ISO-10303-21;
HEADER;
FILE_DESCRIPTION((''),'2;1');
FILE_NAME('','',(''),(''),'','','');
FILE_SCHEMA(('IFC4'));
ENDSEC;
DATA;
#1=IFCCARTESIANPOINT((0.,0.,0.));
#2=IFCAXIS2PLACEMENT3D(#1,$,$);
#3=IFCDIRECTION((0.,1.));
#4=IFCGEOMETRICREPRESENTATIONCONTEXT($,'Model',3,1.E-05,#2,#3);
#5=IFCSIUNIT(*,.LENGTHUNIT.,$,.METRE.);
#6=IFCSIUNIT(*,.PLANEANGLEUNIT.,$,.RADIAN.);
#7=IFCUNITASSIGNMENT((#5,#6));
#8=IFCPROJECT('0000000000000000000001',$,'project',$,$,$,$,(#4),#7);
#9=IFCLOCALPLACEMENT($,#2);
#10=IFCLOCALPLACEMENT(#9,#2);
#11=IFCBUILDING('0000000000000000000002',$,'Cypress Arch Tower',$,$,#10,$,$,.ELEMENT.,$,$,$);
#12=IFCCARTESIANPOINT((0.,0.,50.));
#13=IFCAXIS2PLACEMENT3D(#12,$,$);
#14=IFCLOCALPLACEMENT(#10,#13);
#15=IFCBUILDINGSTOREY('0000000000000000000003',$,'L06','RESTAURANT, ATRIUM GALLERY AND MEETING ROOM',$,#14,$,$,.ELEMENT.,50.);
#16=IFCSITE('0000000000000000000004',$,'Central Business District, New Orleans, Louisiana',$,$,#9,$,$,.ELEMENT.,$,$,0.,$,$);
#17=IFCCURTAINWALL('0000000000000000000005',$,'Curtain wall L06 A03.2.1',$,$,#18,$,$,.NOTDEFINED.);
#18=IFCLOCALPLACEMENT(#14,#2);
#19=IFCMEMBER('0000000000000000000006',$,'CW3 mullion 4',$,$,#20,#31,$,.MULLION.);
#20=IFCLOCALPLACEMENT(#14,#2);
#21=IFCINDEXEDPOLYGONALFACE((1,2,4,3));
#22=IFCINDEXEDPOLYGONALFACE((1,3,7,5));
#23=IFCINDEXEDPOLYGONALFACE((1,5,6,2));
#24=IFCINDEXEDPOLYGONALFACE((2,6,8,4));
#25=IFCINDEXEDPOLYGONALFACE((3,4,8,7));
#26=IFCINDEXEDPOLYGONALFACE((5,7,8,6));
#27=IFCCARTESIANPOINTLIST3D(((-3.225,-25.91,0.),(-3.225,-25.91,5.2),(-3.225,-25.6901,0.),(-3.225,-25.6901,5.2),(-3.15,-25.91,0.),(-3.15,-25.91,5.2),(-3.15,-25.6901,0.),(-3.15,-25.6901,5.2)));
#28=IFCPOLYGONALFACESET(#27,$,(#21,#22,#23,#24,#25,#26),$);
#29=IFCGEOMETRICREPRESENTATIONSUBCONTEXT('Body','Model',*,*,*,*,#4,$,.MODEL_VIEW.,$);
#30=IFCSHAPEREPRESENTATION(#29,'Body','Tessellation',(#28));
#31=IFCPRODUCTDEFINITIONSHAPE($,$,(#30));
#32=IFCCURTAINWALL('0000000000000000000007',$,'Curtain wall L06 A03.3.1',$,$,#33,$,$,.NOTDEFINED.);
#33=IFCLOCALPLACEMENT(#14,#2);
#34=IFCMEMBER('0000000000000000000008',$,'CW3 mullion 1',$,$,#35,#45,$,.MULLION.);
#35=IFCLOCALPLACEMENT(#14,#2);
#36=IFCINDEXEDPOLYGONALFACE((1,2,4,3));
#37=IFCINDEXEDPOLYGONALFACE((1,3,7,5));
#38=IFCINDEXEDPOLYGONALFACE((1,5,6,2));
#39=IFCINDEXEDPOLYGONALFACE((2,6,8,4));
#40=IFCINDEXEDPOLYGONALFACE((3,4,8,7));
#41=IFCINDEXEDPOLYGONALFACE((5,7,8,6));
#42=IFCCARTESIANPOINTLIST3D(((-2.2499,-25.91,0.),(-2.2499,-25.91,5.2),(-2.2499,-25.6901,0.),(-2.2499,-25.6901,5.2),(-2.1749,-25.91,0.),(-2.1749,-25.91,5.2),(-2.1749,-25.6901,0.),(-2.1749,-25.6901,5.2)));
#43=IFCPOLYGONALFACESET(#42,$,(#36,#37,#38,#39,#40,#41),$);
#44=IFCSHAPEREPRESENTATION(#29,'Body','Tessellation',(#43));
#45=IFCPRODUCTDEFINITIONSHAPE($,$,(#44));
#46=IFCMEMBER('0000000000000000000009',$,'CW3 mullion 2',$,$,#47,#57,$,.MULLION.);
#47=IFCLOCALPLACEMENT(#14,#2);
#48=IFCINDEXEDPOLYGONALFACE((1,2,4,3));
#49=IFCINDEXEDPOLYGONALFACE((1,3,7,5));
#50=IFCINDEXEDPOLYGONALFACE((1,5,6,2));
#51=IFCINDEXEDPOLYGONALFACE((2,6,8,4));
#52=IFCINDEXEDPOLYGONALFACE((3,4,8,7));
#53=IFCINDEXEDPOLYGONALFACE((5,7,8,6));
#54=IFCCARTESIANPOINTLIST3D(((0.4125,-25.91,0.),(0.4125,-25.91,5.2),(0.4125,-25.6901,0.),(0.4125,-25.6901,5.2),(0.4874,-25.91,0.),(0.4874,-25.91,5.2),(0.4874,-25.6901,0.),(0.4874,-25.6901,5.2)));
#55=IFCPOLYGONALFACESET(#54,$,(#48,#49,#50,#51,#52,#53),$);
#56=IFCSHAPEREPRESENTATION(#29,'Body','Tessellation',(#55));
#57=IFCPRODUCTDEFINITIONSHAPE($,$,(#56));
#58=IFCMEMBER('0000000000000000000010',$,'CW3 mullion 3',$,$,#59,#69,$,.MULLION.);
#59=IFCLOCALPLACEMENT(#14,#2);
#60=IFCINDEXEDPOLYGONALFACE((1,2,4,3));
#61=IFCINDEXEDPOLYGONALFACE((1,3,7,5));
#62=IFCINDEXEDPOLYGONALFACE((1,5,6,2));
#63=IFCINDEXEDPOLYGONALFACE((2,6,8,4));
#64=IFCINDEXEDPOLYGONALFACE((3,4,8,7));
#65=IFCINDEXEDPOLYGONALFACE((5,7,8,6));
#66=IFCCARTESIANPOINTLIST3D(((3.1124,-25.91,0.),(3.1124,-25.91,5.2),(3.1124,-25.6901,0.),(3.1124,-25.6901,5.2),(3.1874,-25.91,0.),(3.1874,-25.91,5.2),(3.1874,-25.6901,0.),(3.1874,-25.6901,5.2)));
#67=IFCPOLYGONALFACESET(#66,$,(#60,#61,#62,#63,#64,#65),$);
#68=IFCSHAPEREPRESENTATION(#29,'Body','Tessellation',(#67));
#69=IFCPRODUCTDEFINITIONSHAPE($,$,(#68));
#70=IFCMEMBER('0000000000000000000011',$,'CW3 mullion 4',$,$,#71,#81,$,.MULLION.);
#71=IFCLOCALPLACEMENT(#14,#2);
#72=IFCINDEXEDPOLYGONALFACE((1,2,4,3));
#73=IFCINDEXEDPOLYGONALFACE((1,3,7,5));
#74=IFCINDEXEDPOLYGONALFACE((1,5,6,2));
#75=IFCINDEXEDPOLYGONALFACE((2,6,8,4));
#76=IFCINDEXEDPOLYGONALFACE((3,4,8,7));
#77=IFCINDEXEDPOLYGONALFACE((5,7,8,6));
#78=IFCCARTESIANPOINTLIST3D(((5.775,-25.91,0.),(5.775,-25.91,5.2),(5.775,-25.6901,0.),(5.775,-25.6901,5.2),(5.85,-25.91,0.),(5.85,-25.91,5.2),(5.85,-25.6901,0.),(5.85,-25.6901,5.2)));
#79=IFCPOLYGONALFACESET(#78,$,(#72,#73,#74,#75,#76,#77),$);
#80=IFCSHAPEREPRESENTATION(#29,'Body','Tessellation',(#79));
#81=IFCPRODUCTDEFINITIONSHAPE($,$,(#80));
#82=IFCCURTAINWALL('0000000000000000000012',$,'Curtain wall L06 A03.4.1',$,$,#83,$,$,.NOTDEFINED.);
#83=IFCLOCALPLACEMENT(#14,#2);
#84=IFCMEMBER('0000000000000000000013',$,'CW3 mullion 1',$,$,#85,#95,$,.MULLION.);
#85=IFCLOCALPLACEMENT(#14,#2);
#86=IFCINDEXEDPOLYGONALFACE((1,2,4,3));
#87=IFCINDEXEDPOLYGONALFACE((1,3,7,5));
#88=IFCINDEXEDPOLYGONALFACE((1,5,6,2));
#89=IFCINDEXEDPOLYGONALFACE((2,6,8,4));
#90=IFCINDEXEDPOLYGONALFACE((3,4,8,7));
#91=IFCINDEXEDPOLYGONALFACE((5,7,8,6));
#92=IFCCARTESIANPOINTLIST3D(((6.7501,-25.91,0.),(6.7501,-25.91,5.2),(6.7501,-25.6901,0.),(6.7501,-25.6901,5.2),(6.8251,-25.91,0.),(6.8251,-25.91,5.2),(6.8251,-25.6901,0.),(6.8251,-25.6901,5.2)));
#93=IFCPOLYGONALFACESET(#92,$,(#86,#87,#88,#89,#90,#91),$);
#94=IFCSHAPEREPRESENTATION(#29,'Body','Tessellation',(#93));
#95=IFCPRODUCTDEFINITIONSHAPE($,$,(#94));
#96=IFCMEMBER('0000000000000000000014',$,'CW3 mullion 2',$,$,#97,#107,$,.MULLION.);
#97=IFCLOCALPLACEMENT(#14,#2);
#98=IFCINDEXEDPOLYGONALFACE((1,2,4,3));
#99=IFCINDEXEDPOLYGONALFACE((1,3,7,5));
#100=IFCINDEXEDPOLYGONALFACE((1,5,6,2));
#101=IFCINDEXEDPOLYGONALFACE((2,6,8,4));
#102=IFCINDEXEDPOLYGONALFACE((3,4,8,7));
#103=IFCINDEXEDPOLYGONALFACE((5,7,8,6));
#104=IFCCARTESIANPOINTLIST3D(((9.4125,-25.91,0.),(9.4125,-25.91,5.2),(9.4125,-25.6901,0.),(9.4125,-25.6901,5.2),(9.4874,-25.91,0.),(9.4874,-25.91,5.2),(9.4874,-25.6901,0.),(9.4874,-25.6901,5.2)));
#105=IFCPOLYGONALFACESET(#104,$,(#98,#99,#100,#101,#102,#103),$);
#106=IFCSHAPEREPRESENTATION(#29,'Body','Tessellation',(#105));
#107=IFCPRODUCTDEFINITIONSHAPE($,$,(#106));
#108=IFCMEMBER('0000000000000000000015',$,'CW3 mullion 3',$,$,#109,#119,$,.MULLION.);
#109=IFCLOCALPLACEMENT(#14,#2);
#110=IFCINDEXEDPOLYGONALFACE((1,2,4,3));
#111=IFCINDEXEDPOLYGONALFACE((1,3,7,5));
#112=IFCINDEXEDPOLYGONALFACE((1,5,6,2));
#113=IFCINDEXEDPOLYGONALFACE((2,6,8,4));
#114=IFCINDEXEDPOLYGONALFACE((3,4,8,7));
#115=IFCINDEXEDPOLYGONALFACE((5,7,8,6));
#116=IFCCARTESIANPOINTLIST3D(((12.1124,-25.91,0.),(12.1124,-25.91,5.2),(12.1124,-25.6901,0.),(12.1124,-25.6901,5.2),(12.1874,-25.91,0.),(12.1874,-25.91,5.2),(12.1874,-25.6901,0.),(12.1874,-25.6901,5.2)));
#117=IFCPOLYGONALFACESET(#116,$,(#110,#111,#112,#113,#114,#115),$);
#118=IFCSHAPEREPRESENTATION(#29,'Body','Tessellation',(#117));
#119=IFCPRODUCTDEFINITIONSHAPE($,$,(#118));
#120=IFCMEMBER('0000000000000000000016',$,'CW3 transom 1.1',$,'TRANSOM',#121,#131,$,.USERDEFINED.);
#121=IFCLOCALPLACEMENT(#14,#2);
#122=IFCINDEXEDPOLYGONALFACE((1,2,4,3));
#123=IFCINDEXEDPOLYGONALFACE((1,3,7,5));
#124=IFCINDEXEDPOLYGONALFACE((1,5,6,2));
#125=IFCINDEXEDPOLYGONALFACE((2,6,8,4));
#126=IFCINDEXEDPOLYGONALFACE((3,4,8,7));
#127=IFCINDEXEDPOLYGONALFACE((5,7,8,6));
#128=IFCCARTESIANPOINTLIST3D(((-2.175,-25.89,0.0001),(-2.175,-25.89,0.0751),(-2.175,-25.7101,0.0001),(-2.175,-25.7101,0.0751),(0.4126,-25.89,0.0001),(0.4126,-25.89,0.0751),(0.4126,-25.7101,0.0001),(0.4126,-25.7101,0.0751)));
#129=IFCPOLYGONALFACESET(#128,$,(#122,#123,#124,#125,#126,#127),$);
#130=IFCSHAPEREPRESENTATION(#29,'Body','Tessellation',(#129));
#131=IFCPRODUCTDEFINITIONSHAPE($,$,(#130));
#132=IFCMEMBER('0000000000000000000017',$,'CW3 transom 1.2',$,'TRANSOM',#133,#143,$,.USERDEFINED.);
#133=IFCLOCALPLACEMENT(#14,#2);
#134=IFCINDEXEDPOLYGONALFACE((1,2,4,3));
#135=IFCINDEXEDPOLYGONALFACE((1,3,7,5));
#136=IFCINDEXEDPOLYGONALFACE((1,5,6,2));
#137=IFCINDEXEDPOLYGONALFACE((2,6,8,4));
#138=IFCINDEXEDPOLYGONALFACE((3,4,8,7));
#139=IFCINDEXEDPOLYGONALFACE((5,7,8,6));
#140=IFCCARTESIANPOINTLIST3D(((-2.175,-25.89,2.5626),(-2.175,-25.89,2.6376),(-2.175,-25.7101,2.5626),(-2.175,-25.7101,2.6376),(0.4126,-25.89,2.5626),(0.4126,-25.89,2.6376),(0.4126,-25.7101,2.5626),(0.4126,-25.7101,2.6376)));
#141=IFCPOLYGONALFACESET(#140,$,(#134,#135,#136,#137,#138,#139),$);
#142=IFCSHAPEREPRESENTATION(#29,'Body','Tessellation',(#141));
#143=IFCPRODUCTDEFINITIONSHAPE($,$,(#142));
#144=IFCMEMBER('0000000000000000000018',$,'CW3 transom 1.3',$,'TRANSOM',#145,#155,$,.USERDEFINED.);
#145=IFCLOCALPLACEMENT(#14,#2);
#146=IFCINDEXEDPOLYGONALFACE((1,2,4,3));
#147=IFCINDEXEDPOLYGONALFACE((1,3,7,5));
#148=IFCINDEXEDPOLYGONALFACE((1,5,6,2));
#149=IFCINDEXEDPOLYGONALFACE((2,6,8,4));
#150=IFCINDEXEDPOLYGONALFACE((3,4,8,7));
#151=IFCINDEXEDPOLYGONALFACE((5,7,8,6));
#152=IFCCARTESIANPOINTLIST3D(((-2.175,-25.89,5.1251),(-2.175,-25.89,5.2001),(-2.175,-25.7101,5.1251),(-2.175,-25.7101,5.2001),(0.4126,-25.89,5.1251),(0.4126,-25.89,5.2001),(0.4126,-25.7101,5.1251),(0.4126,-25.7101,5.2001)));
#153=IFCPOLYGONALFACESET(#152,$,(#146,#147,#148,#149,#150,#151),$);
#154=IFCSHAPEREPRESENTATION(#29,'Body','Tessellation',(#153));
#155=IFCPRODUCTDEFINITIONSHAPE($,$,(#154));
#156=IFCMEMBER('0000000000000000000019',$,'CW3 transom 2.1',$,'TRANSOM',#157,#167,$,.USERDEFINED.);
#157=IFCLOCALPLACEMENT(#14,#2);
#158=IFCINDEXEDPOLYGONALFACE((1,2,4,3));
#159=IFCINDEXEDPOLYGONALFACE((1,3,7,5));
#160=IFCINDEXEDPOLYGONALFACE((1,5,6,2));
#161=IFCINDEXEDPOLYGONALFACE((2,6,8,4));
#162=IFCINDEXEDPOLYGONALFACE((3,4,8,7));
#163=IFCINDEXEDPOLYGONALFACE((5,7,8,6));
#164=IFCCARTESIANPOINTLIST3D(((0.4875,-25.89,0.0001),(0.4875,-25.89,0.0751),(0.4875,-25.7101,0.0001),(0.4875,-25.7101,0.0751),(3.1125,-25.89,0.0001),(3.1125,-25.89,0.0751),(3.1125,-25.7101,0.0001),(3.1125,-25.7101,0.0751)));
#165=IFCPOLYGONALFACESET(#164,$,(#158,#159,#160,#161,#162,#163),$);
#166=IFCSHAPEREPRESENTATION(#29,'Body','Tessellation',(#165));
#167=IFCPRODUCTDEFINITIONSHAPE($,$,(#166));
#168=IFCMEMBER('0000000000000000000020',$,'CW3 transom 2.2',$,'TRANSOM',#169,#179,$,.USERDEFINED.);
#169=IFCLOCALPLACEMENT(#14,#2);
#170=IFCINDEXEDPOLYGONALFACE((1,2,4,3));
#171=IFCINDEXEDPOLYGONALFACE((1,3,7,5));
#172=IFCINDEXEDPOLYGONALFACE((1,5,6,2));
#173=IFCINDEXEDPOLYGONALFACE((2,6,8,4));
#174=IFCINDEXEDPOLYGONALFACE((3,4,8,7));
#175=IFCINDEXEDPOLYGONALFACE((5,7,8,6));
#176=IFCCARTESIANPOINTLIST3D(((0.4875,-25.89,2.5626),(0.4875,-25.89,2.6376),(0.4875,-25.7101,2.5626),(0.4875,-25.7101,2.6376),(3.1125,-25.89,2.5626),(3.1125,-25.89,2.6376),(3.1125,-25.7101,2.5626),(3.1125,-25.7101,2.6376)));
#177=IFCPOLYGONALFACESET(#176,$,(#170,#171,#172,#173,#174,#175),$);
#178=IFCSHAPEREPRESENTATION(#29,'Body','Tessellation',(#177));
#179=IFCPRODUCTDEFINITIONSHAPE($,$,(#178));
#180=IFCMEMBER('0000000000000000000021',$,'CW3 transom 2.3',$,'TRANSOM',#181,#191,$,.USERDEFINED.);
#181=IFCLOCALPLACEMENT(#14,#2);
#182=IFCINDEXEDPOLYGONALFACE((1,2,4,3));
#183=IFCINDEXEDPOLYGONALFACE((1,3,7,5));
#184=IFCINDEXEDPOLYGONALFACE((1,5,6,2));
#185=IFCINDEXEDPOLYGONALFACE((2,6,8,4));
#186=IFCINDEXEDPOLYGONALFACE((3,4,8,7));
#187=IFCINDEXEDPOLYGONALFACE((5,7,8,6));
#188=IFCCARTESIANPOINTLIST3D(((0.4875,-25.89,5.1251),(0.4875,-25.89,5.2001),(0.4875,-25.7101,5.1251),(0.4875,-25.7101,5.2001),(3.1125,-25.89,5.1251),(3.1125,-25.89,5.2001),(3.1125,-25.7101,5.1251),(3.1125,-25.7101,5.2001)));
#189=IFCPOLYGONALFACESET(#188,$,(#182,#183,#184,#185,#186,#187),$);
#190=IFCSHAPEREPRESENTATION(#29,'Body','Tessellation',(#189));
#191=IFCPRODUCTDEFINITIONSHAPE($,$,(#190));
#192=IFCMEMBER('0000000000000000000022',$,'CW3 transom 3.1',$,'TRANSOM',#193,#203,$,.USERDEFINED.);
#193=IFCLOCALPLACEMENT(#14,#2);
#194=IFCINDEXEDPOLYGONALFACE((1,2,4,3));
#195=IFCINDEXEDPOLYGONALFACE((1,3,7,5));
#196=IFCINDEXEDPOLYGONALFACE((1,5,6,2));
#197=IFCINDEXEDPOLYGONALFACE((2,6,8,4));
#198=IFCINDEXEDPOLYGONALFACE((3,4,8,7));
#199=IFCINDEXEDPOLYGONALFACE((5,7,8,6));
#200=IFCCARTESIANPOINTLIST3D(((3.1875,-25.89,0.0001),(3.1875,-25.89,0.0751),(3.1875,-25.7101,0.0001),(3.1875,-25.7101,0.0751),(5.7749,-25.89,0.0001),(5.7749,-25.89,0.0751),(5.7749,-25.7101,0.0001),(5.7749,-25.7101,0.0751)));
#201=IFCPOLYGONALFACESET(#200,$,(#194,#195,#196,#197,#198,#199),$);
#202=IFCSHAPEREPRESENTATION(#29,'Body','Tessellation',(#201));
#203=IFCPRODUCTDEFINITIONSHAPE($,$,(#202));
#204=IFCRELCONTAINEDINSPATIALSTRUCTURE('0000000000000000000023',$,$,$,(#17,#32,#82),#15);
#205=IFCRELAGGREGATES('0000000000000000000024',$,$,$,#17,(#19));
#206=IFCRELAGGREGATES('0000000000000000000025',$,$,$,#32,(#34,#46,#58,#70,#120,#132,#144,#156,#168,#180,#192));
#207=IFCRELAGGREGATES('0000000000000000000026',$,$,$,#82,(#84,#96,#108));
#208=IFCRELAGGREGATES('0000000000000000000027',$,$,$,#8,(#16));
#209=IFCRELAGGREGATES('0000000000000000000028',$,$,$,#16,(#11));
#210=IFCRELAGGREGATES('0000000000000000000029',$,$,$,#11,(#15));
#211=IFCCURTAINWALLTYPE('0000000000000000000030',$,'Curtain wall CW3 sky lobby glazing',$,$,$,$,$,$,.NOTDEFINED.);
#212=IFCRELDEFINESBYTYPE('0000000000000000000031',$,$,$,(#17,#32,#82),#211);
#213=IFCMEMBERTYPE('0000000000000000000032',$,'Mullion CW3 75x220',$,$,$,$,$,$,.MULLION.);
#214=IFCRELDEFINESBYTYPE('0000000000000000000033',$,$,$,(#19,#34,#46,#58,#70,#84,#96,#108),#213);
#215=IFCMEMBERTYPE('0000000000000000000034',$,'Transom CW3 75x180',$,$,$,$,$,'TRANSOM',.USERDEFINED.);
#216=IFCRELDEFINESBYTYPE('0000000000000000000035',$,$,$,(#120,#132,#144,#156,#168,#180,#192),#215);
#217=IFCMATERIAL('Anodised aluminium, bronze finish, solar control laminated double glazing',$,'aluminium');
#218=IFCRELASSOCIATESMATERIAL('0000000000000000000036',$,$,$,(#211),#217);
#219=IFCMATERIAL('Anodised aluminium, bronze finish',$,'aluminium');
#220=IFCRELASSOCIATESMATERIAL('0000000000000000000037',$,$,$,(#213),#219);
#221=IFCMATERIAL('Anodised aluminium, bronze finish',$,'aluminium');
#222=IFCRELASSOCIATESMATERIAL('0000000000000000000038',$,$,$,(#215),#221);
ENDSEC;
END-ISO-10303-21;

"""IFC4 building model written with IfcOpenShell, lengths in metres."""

from ifc_helpers import new_model, si_unit, direction, frame, origin, origin_2d, place, context, subcontext, project, spatial, rectangle, extrude, material, material_profile, profile_set, type_object, element, aggregate, save


model = new_model("IFC4")

# Units and contexts
model_context = context("Model", 3, precision=1e-05, world=origin(), true_north=direction((0.0, 1.0)))
body_context = subcontext(model_context, "Body", "Model", "MODEL_VIEW")
ifc_project = project(units=[si_unit("LENGTHUNIT", "METRE"), si_unit("PLANEANGLEUNIT", "RADIAN")], contexts=[model_context])

# Site, building, storey
site_placement = place(None, origin())
site = spatial("IfcSite", under=ifc_project, at=site_placement, Name="Central Business District, New Orleans, Louisiana", CompositionType="ELEMENT", RefElevation=0.0)
building_placement = place(site_placement, origin())
building = spatial("IfcBuilding", under=site, at=building_placement, Name="Cypress Arch Tower", CompositionType="ELEMENT")
storey_placement = place(building_placement, frame((0.0, 0.0, 50.0)))
storey = spatial("IfcBuildingStorey", under=building, at=storey_placement, Name="L06", Description="RESTAURANT, ATRIUM GALLERY AND MEETING ROOM", CompositionType="ELEMENT", Elevation=50.0)

# Curtain wall, member
ifc_material_1 = material(Name="Anodised aluminium, bronze finish, solar control laminated double glazing", Category="aluminium")
curtain_wall_type = type_object("IfcCurtainWallType", Name="Curtain wall CW3 sky lobby glazing", PredefinedType="NOTDEFINED", material=ifc_material_1)
curtain_wall_1_placement = place(storey_placement, origin())
curtain_wall_1 = element("IfcCurtainWall", 1, at=curtain_wall_1_placement, inside=storey, type_object=curtain_wall_type, Name="Curtain wall L06 A03.2.1", PredefinedType="NOTDEFINED")
ifc_material_2 = material(Name="Anodised aluminium, bronze finish", Category="aluminium")
ifc_material_profile_1 = material_profile(ifc_material_2, rectangle(XDim=0.22, YDim=0.075, at=origin_2d()), Name="Mullion 75x220")
ifc_profile_set_1 = profile_set([ifc_material_profile_1], Name="Anodised aluminium, bronze finish")
member_type_1 = type_object("IfcMemberType", Name="Mullion CW3 75x220", PredefinedType="MULLION", material=ifc_profile_set_1)
member_1_placement = place(storey_placement, frame((-3.1875, -25.8, 0.0), z_axis=(0.0, 0.0, 1.0), x_axis=(0.0, 1.0, 0.0)))
member_1 = element("IfcMember", 2, at=member_1_placement, type_object=member_type_1, Name="CW3 mullion 4", PredefinedType="MULLION", context=body_context, shape_type="SweptSolid", body=[
    extrude(rectangle(XDim=0.22, YDim=0.075, at=origin_2d()), origin(), (0.0, 0.0, 1.0), 5.2),
])
aggregate(curtain_wall_1, [member_1])

# Curtain walls, members
curtain_wall_2_placement = place(storey_placement, origin())
curtain_wall_2 = element("IfcCurtainWall", 3, at=curtain_wall_2_placement, inside=storey, type_object=curtain_wall_type, Name="Curtain wall L06 A03.3.1", PredefinedType="NOTDEFINED")
member_2_placement = place(storey_placement, frame((-2.2124, -25.8, 0.0), z_axis=(0.0, 0.0, 1.0), x_axis=(0.0, 1.0, 0.0)))
member_2 = element("IfcMember", 4, at=member_2_placement, type_object=member_type_1, Name="CW3 mullion 1", PredefinedType="MULLION", context=body_context, shape_type="SweptSolid", body=[
    extrude(rectangle(XDim=0.22, YDim=0.075, at=origin_2d()), origin(), (0.0, 0.0, 1.0), 5.2),
])
member_3_placement = place(storey_placement, frame((0.45, -25.8, 0.0), z_axis=(0.0, 0.0, 1.0), x_axis=(0.0, 1.0, 0.0)))
member_3 = element("IfcMember", 5, at=member_3_placement, type_object=member_type_1, Name="CW3 mullion 2", PredefinedType="MULLION", context=body_context, shape_type="SweptSolid", body=[
    extrude(rectangle(XDim=0.22, YDim=0.075, at=origin_2d()), origin(), (0.0, 0.0, 1.0), 5.2),
])
member_4_placement = place(storey_placement, frame((3.1499, -25.8, 0.0), z_axis=(0.0, 0.0, 1.0), x_axis=(0.0, 1.0, 0.0)))
member_4 = element("IfcMember", 6, at=member_4_placement, type_object=member_type_1, Name="CW3 mullion 3", PredefinedType="MULLION", context=body_context, shape_type="SweptSolid", body=[
    extrude(rectangle(XDim=0.22, YDim=0.075, at=origin_2d()), origin(), (0.0, 0.0, 1.0), 5.2),
])
member_5_placement = place(storey_placement, frame((5.8125, -25.8, 0.0), z_axis=(0.0, 0.0, 1.0), x_axis=(0.0, 1.0, 0.0)))
member_5 = element("IfcMember", 7, at=member_5_placement, type_object=member_type_1, Name="CW3 mullion 4", PredefinedType="MULLION", context=body_context, shape_type="SweptSolid", body=[
    extrude(rectangle(XDim=0.22, YDim=0.075, at=origin_2d()), origin(), (0.0, 0.0, 1.0), 5.2),
])
curtain_wall_3_placement = place(storey_placement, origin())
curtain_wall_3 = element("IfcCurtainWall", 8, at=curtain_wall_3_placement, inside=storey, type_object=curtain_wall_type, Name="Curtain wall L06 A03.4.1", PredefinedType="NOTDEFINED")
member_6_placement = place(storey_placement, frame((6.7876, -25.8, 0.0), z_axis=(0.0, 0.0, 1.0), x_axis=(0.0, 1.0, 0.0)))
member_6 = element("IfcMember", 9, at=member_6_placement, type_object=member_type_1, Name="CW3 mullion 1", PredefinedType="MULLION", context=body_context, shape_type="SweptSolid", body=[
    extrude(rectangle(XDim=0.22, YDim=0.075, at=origin_2d()), origin(), (0.0, 0.0, 1.0), 5.2),
])
member_7_placement = place(storey_placement, frame((9.45, -25.8, 0.0), z_axis=(0.0, 0.0, 1.0), x_axis=(0.0, 1.0, 0.0)))
member_7 = element("IfcMember", 10, at=member_7_placement, type_object=member_type_1, Name="CW3 mullion 2", PredefinedType="MULLION", context=body_context, shape_type="SweptSolid", body=[
    extrude(rectangle(XDim=0.22, YDim=0.075, at=origin_2d()), origin(), (0.0, 0.0, 1.0), 5.2),
])
member_8_placement = place(storey_placement, frame((12.1499, -25.8, 0.0), z_axis=(0.0, 0.0, 1.0), x_axis=(0.0, 1.0, 0.0)))
member_8 = element("IfcMember", 11, at=member_8_placement, type_object=member_type_1, Name="CW3 mullion 3", PredefinedType="MULLION", context=body_context, shape_type="SweptSolid", body=[
    extrude(rectangle(XDim=0.22, YDim=0.075, at=origin_2d()), origin(), (0.0, 0.0, 1.0), 5.2),
])

# Members
ifc_material_3 = material(Name="Anodised aluminium, bronze finish", Category="aluminium")
ifc_material_profile_2 = material_profile(ifc_material_3, rectangle(XDim=0.1799, YDim=0.075, at=origin_2d()), Name="Transom 75x180")
ifc_profile_set_2 = profile_set([ifc_material_profile_2], Name="Anodised aluminium, bronze finish")
member_type_2 = type_object("IfcMemberType", Name="Transom CW3 75x180", ElementType="TRANSOM", PredefinedType="USERDEFINED", material=ifc_profile_set_2)
member_9_placement = place(storey_placement, frame((-2.175, -25.8, 0.0376), z_axis=(1.0, 0.0, 0.0), x_axis=(0.0, 1.0, 0.0)))
member_9 = element("IfcMember", 12, at=member_9_placement, type_object=member_type_2, Name="CW3 transom 1.1", ObjectType="TRANSOM", PredefinedType="USERDEFINED", context=body_context, shape_type="SweptSolid", body=[
    extrude(rectangle(XDim=0.1799, YDim=0.075, at=origin_2d()), origin(), (0.0, 0.0, 1.0), 2.5876),
])
member_10_placement = place(storey_placement, frame((-2.175, -25.8, 2.6001), z_axis=(1.0, 0.0, 0.0), x_axis=(0.0, 1.0, 0.0)))
member_10 = element("IfcMember", 13, at=member_10_placement, type_object=member_type_2, Name="CW3 transom 1.2", ObjectType="TRANSOM", PredefinedType="USERDEFINED", context=body_context, shape_type="SweptSolid", body=[
    extrude(rectangle(XDim=0.1799, YDim=0.075, at=origin_2d()), origin(), (0.0, 0.0, 1.0), 2.5876),
])
member_11_placement = place(storey_placement, frame((-2.175, -25.8, 5.1626), z_axis=(1.0, 0.0, 0.0), x_axis=(0.0, 1.0, 0.0)))
member_11 = element("IfcMember", 14, at=member_11_placement, type_object=member_type_2, Name="CW3 transom 1.3", ObjectType="TRANSOM", PredefinedType="USERDEFINED", context=body_context, shape_type="SweptSolid", body=[
    extrude(rectangle(XDim=0.1799, YDim=0.075, at=origin_2d()), origin(), (0.0, 0.0, 1.0), 2.5876),
])
member_12_placement = place(storey_placement, frame((0.4875, -25.8, 0.0376), z_axis=(1.0, 0.0, 0.0), x_axis=(0.0, 1.0, 0.0)))
member_12 = element("IfcMember", 15, at=member_12_placement, type_object=member_type_2, Name="CW3 transom 2.1", ObjectType="TRANSOM", PredefinedType="USERDEFINED", context=body_context, shape_type="SweptSolid", body=[
    extrude(rectangle(XDim=0.1799, YDim=0.075, at=origin_2d()), origin(), (0.0, 0.0, 1.0), 2.625),
])
member_13_placement = place(storey_placement, frame((0.4875, -25.8, 2.6001), z_axis=(1.0, 0.0, 0.0), x_axis=(0.0, 1.0, 0.0)))
member_13 = element("IfcMember", 16, at=member_13_placement, type_object=member_type_2, Name="CW3 transom 2.2", ObjectType="TRANSOM", PredefinedType="USERDEFINED", context=body_context, shape_type="SweptSolid", body=[
    extrude(rectangle(XDim=0.1799, YDim=0.075, at=origin_2d()), origin(), (0.0, 0.0, 1.0), 2.625),
])
member_14_placement = place(storey_placement, frame((0.4875, -25.8, 5.1626), z_axis=(1.0, 0.0, 0.0), x_axis=(0.0, 1.0, 0.0)))
member_14 = element("IfcMember", 17, at=member_14_placement, type_object=member_type_2, Name="CW3 transom 2.3", ObjectType="TRANSOM", PredefinedType="USERDEFINED", context=body_context, shape_type="SweptSolid", body=[
    extrude(rectangle(XDim=0.1799, YDim=0.075, at=origin_2d()), origin(), (0.0, 0.0, 1.0), 2.625),
])
member_15_placement = place(storey_placement, frame((3.1875, -25.8, 0.0376), z_axis=(1.0, 0.0, 0.0), x_axis=(0.0, 1.0, 0.0)))
member_15 = element("IfcMember", 18, at=member_15_placement, type_object=member_type_2, Name="CW3 transom 3.1", ObjectType="TRANSOM", PredefinedType="USERDEFINED", context=body_context, shape_type="SweptSolid", body=[
    extrude(rectangle(XDim=0.1799, YDim=0.075, at=origin_2d()), origin(), (0.0, 0.0, 1.0), 2.5874),
])

aggregate(curtain_wall_2, [member_2, member_3, member_4, member_5, member_9, member_10, member_11, member_12, member_13, member_14, member_15])
aggregate(curtain_wall_3, [member_6, member_7, member_8])

save(model, "model.ifc")
